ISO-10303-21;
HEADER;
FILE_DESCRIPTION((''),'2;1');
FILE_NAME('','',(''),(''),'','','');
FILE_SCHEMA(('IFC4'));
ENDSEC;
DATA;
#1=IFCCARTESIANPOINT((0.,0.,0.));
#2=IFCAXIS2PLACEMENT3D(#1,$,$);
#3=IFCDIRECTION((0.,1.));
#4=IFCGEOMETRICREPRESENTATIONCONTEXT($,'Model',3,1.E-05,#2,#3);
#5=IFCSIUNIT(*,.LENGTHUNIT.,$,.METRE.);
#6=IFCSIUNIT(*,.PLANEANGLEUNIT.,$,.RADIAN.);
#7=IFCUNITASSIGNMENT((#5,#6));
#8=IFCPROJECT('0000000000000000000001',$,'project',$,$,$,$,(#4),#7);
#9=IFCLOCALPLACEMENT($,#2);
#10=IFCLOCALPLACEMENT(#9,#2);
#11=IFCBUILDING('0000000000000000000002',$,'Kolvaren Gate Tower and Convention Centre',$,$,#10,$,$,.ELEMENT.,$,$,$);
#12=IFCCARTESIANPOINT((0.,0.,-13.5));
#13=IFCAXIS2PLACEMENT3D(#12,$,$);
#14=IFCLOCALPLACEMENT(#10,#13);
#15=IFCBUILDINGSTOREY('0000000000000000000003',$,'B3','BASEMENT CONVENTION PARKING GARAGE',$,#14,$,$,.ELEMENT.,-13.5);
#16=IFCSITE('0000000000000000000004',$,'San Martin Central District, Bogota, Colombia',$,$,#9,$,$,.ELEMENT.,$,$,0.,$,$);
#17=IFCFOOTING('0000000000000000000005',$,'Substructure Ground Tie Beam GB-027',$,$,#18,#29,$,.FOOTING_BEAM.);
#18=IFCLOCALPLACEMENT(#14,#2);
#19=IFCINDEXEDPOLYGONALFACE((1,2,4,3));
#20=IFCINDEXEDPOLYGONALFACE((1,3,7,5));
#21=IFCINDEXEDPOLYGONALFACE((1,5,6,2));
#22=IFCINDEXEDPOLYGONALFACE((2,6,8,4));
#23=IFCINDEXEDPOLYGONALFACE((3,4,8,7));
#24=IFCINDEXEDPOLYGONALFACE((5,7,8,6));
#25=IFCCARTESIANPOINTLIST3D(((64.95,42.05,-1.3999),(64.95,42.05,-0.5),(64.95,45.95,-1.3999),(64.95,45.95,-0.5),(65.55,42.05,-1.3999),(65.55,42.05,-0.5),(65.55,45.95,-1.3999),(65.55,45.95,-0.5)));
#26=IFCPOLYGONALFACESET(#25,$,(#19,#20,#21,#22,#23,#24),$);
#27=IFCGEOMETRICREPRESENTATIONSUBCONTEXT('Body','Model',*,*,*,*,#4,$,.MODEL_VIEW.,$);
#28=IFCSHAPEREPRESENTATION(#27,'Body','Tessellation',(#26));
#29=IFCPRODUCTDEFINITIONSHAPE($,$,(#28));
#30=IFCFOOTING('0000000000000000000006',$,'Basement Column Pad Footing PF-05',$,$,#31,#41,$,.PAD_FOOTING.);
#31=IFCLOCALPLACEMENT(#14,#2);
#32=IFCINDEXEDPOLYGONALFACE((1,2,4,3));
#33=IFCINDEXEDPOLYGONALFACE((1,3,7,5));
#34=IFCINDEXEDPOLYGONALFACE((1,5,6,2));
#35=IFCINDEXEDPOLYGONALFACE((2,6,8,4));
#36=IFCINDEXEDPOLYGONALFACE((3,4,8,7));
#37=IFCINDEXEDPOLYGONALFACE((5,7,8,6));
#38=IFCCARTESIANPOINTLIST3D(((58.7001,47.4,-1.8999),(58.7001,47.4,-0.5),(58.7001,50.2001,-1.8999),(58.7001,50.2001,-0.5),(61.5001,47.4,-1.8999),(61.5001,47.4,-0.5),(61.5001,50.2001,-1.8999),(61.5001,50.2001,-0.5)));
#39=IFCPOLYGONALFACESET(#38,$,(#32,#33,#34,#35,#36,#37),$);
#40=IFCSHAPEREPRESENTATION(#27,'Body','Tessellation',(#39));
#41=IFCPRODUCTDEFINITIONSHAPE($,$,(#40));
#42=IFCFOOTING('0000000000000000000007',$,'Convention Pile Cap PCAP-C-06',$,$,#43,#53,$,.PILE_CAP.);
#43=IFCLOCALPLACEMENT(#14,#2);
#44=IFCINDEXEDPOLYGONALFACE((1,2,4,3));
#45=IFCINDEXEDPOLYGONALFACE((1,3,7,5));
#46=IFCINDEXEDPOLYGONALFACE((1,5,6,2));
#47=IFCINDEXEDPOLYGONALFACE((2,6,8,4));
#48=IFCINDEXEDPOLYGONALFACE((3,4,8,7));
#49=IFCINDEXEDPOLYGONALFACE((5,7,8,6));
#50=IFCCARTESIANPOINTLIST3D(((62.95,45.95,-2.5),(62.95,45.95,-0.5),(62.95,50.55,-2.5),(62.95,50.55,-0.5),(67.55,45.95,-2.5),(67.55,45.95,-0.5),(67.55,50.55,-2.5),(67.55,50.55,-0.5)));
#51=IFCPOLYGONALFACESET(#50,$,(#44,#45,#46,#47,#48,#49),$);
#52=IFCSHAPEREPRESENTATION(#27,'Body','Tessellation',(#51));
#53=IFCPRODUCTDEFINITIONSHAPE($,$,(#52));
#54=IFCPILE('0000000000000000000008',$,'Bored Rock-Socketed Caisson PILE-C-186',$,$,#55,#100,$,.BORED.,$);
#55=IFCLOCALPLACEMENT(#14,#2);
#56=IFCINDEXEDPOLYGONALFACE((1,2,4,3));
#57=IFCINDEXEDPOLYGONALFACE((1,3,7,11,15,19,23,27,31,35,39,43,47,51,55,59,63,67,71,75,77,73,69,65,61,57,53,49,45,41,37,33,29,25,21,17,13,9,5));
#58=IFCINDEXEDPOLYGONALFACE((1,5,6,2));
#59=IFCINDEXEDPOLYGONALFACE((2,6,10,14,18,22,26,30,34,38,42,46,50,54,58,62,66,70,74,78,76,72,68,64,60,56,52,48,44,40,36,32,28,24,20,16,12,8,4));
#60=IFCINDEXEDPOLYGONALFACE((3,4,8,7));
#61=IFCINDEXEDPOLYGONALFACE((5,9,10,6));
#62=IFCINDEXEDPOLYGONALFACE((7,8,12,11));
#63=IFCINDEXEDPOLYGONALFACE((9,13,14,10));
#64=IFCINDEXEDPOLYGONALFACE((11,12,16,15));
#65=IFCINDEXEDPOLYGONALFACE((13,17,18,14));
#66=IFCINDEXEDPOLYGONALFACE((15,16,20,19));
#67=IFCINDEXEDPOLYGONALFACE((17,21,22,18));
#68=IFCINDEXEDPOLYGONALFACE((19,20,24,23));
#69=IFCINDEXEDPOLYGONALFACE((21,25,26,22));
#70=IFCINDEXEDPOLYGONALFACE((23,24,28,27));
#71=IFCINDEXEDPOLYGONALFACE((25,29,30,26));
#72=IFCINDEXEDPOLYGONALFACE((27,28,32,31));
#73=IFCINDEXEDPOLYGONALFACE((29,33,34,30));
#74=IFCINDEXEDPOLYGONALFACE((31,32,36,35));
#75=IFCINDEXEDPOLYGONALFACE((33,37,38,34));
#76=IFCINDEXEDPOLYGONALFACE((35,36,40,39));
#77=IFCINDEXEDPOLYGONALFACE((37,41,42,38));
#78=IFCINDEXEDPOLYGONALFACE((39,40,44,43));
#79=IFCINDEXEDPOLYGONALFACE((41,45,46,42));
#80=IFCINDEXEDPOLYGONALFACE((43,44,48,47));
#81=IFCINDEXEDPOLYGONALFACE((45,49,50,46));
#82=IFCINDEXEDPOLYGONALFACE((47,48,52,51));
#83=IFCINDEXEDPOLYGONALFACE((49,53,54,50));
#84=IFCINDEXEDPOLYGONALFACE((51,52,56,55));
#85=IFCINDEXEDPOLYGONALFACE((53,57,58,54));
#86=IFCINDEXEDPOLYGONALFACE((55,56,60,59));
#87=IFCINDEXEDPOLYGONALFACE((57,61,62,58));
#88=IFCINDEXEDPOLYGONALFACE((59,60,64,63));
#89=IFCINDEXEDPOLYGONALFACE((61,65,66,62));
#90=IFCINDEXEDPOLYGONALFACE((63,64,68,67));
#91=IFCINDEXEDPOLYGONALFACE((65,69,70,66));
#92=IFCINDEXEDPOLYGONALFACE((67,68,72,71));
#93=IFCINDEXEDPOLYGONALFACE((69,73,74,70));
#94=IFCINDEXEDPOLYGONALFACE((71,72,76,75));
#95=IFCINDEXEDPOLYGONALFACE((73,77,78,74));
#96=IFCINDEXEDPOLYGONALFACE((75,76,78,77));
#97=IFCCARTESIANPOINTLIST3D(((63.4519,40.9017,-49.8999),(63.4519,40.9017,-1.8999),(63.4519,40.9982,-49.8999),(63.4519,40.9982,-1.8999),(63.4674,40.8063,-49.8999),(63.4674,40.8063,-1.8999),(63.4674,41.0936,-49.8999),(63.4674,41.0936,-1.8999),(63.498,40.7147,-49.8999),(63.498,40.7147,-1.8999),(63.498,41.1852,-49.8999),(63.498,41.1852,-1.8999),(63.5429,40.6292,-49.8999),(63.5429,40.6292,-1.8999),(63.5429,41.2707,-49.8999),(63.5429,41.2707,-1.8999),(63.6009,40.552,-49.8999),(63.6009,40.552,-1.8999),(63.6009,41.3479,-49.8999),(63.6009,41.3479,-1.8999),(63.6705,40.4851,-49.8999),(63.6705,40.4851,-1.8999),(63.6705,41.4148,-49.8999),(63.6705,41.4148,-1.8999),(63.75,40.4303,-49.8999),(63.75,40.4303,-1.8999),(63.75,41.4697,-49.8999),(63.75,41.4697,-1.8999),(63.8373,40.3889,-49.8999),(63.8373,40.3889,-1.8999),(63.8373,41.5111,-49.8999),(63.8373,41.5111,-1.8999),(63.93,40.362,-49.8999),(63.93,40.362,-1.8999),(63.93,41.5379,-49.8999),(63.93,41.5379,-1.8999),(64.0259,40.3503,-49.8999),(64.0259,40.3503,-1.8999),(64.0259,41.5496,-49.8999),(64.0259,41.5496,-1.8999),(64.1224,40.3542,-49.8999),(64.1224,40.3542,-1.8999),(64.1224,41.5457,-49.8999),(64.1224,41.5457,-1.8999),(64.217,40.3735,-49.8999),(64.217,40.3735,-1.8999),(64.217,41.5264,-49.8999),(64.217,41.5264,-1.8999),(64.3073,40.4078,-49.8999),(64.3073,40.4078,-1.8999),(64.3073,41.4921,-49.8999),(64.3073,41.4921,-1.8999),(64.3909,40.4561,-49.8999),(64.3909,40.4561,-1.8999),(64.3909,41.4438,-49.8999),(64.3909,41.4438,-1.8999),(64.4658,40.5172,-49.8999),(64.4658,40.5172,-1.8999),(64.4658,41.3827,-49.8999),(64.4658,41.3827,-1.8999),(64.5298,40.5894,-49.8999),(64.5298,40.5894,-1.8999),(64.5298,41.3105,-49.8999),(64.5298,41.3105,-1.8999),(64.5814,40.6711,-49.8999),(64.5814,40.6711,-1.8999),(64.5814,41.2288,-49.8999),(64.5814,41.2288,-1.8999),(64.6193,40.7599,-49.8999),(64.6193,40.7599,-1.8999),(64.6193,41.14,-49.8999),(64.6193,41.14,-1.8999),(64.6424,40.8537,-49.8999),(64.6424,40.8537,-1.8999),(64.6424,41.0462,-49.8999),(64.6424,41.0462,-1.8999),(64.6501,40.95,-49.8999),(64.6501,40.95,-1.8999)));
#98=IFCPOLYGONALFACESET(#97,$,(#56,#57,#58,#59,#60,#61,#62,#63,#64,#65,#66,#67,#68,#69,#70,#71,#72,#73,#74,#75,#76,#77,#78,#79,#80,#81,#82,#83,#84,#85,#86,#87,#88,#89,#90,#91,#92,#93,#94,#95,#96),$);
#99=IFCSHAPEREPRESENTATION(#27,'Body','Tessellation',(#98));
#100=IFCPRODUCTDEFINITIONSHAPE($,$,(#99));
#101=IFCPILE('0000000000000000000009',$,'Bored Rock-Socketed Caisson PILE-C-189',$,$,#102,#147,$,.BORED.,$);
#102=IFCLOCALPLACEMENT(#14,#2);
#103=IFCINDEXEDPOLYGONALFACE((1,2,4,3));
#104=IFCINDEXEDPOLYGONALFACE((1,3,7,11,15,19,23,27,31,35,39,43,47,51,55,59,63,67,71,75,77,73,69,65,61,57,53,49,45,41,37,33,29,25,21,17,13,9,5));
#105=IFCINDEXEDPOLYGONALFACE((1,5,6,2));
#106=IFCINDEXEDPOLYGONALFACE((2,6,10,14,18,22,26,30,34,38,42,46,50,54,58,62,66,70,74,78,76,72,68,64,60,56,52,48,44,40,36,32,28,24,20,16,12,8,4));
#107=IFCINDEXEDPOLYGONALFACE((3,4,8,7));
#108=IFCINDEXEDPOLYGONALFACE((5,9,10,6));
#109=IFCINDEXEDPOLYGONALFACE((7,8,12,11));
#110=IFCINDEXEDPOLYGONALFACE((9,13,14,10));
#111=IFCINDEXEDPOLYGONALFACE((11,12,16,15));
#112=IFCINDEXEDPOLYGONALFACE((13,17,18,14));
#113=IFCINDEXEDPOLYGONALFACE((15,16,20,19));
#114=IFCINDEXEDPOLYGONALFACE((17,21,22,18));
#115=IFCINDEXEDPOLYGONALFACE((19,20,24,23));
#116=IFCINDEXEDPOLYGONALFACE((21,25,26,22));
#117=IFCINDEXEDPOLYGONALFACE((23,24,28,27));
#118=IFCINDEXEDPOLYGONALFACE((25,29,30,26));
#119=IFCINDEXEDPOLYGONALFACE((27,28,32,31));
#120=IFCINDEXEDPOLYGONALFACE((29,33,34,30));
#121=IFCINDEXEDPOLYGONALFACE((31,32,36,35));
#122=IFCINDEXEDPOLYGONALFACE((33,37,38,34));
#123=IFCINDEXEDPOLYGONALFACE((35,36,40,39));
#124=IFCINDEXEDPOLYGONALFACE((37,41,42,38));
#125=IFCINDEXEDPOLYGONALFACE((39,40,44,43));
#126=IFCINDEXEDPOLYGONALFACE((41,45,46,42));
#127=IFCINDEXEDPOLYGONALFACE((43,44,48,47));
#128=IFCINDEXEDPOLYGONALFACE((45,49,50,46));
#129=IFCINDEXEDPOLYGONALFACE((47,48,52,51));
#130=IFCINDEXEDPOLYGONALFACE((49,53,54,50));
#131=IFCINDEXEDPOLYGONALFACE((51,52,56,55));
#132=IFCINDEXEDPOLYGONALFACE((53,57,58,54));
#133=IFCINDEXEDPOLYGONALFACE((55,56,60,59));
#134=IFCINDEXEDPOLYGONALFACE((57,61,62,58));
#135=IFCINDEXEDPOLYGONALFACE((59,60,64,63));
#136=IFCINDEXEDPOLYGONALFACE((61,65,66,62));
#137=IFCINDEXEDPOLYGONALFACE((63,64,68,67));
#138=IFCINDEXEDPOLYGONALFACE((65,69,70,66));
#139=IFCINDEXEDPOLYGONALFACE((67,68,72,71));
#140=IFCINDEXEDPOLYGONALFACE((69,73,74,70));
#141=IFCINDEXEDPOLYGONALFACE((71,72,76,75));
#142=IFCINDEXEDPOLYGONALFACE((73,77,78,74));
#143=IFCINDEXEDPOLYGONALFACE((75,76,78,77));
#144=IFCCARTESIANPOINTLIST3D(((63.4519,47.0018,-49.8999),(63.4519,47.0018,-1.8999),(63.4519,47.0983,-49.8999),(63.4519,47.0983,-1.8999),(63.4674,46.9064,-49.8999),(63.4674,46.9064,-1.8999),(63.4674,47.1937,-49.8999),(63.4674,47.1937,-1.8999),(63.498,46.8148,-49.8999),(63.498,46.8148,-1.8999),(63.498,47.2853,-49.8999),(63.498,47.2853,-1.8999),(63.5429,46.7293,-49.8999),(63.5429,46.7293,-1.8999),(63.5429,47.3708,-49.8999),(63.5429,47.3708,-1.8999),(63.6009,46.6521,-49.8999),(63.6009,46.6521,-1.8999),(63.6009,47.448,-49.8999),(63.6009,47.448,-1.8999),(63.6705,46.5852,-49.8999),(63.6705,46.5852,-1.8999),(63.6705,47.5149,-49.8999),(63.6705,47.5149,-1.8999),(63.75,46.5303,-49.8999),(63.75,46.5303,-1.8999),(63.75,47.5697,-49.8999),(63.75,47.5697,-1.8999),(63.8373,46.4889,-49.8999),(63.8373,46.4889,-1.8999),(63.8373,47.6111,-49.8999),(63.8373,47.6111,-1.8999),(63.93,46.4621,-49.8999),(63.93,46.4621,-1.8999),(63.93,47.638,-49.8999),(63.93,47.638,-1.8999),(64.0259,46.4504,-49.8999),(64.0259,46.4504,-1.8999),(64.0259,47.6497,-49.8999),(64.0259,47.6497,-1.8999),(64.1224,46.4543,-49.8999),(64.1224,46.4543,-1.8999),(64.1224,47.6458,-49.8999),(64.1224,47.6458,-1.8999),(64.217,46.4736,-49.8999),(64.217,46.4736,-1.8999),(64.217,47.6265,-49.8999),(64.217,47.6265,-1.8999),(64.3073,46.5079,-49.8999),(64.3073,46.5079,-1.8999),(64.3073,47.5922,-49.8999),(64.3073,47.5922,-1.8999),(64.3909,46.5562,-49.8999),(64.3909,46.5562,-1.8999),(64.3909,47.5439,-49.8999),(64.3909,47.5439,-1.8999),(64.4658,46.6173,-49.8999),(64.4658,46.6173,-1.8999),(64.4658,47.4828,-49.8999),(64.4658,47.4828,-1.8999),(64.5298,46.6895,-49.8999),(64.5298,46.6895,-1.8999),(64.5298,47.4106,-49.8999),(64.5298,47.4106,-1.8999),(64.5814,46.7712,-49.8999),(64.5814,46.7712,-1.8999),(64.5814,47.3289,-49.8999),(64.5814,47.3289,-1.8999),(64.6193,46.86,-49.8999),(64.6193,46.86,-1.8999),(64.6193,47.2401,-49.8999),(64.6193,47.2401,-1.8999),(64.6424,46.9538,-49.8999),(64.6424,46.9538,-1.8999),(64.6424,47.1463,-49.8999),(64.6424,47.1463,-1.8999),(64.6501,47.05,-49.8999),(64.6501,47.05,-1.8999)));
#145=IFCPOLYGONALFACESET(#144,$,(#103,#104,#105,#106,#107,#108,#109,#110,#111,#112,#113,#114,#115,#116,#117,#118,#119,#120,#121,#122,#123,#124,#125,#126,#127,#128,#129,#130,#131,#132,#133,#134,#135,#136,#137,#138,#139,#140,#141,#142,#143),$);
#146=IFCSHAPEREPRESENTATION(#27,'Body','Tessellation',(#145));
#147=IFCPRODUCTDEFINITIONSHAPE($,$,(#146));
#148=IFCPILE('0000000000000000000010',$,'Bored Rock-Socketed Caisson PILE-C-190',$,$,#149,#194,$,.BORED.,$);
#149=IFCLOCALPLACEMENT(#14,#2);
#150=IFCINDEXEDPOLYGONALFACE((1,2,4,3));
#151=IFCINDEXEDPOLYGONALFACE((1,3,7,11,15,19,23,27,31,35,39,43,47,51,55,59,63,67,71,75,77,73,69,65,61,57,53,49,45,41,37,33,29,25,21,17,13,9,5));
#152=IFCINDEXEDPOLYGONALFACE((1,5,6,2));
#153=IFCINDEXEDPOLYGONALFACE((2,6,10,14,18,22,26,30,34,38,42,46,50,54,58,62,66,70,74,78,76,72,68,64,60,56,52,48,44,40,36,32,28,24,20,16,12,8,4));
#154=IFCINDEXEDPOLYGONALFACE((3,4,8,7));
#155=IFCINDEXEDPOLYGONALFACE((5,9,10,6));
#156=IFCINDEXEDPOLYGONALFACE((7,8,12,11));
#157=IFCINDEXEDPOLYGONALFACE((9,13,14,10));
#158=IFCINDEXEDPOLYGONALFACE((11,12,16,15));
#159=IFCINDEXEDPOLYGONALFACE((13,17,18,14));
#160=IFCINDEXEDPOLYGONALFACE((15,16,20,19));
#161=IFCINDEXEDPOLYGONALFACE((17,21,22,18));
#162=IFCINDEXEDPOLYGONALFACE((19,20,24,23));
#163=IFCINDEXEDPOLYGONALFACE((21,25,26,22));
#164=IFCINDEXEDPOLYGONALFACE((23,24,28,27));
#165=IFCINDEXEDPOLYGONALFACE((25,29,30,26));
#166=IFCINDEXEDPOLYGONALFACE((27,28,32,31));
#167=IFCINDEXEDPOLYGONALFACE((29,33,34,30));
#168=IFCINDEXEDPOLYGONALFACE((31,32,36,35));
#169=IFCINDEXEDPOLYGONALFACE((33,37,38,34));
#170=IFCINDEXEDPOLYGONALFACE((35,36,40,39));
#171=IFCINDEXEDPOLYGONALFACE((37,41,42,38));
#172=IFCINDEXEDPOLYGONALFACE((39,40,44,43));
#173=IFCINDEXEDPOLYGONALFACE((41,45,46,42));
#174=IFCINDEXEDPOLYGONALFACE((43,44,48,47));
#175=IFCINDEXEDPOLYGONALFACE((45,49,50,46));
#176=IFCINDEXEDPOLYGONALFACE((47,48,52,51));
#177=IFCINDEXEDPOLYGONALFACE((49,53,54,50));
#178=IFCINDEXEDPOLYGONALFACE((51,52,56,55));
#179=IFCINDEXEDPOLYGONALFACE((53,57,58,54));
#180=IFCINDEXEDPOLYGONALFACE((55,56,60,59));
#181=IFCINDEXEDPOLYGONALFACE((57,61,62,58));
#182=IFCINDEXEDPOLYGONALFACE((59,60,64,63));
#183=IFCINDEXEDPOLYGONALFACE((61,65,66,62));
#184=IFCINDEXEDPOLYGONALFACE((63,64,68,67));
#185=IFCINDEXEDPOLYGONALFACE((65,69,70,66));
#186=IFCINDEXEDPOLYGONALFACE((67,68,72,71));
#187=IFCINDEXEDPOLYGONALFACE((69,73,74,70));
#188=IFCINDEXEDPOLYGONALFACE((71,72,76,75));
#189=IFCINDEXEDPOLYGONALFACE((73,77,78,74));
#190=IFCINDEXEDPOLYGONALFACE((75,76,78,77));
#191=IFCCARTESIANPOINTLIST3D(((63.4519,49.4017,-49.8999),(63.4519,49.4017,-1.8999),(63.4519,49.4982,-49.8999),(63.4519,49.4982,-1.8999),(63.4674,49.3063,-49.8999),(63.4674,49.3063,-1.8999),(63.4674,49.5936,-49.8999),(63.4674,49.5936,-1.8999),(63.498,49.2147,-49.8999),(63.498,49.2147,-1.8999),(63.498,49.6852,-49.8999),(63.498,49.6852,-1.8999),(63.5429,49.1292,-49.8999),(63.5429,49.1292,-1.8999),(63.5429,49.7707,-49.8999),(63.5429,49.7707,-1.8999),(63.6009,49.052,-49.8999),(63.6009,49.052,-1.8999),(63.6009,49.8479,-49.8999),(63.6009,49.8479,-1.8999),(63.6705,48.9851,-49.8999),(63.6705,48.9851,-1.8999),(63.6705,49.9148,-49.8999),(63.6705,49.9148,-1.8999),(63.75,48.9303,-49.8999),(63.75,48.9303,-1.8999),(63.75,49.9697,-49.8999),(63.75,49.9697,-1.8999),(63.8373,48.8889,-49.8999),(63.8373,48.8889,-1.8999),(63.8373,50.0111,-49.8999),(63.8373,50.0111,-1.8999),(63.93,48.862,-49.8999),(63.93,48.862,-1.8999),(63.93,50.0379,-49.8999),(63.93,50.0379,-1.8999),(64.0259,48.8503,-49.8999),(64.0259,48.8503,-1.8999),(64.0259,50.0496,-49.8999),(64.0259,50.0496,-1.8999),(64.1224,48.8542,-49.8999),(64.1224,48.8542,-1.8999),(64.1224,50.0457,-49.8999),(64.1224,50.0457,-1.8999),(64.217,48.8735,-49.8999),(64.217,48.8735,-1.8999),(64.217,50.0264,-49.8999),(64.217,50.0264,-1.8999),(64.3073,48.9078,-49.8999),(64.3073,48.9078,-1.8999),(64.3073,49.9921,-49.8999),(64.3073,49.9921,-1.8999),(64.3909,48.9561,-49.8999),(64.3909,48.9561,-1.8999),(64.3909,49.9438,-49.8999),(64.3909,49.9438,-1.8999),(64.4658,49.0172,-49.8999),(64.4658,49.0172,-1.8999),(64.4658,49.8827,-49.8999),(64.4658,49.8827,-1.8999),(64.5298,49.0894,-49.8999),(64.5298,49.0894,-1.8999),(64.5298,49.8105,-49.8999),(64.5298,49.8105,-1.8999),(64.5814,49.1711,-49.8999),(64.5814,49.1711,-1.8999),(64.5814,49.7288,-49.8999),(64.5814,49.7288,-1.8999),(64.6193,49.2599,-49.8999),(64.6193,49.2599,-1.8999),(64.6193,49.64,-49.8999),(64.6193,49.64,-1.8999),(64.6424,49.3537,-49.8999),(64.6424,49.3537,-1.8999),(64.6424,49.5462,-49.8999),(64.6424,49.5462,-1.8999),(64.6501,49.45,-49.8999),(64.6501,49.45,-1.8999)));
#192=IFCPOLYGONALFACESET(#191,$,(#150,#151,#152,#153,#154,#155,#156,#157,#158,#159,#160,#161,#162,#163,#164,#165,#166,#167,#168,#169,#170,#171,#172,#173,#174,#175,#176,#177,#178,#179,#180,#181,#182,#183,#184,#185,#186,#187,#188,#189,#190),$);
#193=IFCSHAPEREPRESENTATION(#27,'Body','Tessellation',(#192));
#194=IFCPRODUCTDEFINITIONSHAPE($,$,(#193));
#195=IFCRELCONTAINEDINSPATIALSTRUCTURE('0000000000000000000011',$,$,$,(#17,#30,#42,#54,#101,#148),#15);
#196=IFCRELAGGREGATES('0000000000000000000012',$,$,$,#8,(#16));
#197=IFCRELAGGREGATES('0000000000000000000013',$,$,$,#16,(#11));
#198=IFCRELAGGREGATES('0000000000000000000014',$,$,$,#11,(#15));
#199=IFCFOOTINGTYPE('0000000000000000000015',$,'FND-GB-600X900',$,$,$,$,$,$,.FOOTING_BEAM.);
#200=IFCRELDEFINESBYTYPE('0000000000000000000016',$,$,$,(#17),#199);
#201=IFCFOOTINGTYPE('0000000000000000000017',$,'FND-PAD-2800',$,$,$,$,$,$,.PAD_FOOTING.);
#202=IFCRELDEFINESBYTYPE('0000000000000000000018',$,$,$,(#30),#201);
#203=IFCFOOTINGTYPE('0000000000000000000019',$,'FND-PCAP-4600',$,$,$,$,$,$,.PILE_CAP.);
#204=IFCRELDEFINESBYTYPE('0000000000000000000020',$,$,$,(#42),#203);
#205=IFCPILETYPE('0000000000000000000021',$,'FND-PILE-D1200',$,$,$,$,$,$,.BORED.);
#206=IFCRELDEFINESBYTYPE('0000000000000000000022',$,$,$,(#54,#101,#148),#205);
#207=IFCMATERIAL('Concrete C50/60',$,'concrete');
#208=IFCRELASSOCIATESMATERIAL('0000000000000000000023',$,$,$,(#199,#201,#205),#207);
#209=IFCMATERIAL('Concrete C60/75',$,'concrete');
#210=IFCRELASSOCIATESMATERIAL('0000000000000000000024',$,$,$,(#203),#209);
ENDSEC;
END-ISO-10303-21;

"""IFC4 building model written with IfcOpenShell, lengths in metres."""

from ifc_helpers import new_model, si_unit, direction, frame, origin, origin_2d, place, context, subcontext, project, spatial, rectangle, circle, extrude, material, material_profile, profile_set, type_object, element, save


model = new_model("IFC4")

# Units and contexts
model_context = context("Model", 3, precision=1e-05, world=origin(), true_north=direction((0.0, 1.0)))
body_context = subcontext(model_context, "Body", "Model", "MODEL_VIEW")
ifc_project = project(units=[si_unit("LENGTHUNIT", "METRE"), si_unit("PLANEANGLEUNIT", "RADIAN")], contexts=[model_context])

# Site, building, storey
site_placement = place(None, origin())
site = spatial("IfcSite", under=ifc_project, at=site_placement, Name="San Martin Central District, Bogota, Colombia", CompositionType="ELEMENT", RefElevation=0.0)
building_placement = place(site_placement, origin())
building = spatial("IfcBuilding", under=site, at=building_placement, Name="Kolvaren Gate Tower and Convention Centre", CompositionType="ELEMENT")
storey_placement = place(building_placement, frame((0.0, 0.0, -13.5)))
storey = spatial("IfcBuildingStorey", under=building, at=storey_placement, Name="B3", Description="BASEMENT CONVENTION PARKING GARAGE", CompositionType="ELEMENT", Elevation=-13.5)

# Footings
ifc_material_1 = material(Name="Concrete C50/60", Category="concrete")
ifc_material_profile_1 = material_profile(ifc_material_1, rectangle(XDim=0.6001, YDim=0.8999, at=origin_2d()), Name="RC-BM-600X900")
ifc_profile_set_1 = profile_set([ifc_material_profile_1], Name="Concrete C50/60")
footing_type_1 = type_object("IfcFootingType", Name="FND-GB-600X900", PredefinedType="FOOTING_BEAM", material=ifc_profile_set_1)
footing_1_placement = place(storey_placement, frame((65.25, 42.05, -0.95), z_axis=(0.0, 1.0, 0.0), x_axis=(-1.0, 0.0, 0.0)))
element("IfcFooting", 1, at=footing_1_placement, inside=storey, type_object=footing_type_1, Name="Substructure Ground Tie Beam GB-027", PredefinedType="FOOTING_BEAM", context=body_context, shape_type="SweptSolid", body=[
    extrude(rectangle(XDim=0.6001, YDim=0.8999, at=origin_2d()), origin(), (0.0, 0.0, 1.0), 3.8999),
])
footing_type_2 = type_object("IfcFootingType", Name="FND-PAD-2800", PredefinedType="PAD_FOOTING", material=ifc_material_1)
footing_2_placement = place(storey_placement, frame((60.1001, 48.8, -1.8999), z_axis=(0.0, 0.0, 1.0), x_axis=(1.0, 0.0, 0.0)))
element("IfcFooting", 2, at=footing_2_placement, inside=storey, type_object=footing_type_2, Name="Basement Column Pad Footing PF-05", PredefinedType="PAD_FOOTING", context=body_context, shape_type="SweptSolid", body=[
    extrude(rectangle(XDim=2.8, YDim=2.8, at=origin_2d()), origin(), (0.0, 0.0, 1.0), 1.3999),
])
ifc_material_2 = material(Name="Concrete C60/75", Category="concrete")
footing_type_3 = type_object("IfcFootingType", Name="FND-PCAP-4600", PredefinedType="PILE_CAP", material=ifc_material_2)
footing_3_placement = place(storey_placement, frame((65.25, 48.25, -2.5), z_axis=(0.0, 0.0, 1.0), x_axis=(1.0, 0.0, 0.0)))
element("IfcFooting", 3, at=footing_3_placement, inside=storey, type_object=footing_type_3, Name="Convention Pile Cap PCAP-C-06", PredefinedType="PILE_CAP", context=body_context, shape_type="SweptSolid", body=[
    extrude(rectangle(XDim=4.6001, YDim=4.6001, at=origin_2d()), origin(), (0.0, 0.0, 1.0), 2.0),
])

# Piles
ifc_material_profile_2 = material_profile(ifc_material_1, circle(Radius=0.6001, at=origin_2d()), Name="CAISSON-D1200")
ifc_profile_set_2 = profile_set([ifc_material_profile_2], Name="Concrete C50/60")
pile_type = type_object("IfcPileType", Name="FND-PILE-D1200", PredefinedType="BORED", material=ifc_profile_set_2)
for number, where, z_axis, x_axis, name in (
    (4, (64.05, 40.95, -1.8999), (0.0, 0.0, -1.0), (1.0, 0.0, 0.0), "Bored Rock-Socketed Caisson PILE-C-186"),
    (5, (64.05, 47.05, -1.8999), (0.0, 0.0, -1.0), (1.0, 0.0, 0.0), "Bored Rock-Socketed Caisson PILE-C-189"),
    (6, (64.05, 49.45, -1.8999), (0.0, 0.0, -1.0), (1.0, 0.0, 0.0), "Bored Rock-Socketed Caisson PILE-C-190"),
):
    element("IfcPile", number, at=place(storey_placement, frame(where, z_axis=z_axis, x_axis=x_axis)), inside=storey, type_object=pile_type, Name=name, PredefinedType="BORED", context=body_context, shape_type="SweptSolid", body=[
        extrude(circle(Radius=0.6001, at=origin_2d()), origin(), (0.0, 0.0, 1.0), 48.0),
    ])

save(model, "model.ifc")
